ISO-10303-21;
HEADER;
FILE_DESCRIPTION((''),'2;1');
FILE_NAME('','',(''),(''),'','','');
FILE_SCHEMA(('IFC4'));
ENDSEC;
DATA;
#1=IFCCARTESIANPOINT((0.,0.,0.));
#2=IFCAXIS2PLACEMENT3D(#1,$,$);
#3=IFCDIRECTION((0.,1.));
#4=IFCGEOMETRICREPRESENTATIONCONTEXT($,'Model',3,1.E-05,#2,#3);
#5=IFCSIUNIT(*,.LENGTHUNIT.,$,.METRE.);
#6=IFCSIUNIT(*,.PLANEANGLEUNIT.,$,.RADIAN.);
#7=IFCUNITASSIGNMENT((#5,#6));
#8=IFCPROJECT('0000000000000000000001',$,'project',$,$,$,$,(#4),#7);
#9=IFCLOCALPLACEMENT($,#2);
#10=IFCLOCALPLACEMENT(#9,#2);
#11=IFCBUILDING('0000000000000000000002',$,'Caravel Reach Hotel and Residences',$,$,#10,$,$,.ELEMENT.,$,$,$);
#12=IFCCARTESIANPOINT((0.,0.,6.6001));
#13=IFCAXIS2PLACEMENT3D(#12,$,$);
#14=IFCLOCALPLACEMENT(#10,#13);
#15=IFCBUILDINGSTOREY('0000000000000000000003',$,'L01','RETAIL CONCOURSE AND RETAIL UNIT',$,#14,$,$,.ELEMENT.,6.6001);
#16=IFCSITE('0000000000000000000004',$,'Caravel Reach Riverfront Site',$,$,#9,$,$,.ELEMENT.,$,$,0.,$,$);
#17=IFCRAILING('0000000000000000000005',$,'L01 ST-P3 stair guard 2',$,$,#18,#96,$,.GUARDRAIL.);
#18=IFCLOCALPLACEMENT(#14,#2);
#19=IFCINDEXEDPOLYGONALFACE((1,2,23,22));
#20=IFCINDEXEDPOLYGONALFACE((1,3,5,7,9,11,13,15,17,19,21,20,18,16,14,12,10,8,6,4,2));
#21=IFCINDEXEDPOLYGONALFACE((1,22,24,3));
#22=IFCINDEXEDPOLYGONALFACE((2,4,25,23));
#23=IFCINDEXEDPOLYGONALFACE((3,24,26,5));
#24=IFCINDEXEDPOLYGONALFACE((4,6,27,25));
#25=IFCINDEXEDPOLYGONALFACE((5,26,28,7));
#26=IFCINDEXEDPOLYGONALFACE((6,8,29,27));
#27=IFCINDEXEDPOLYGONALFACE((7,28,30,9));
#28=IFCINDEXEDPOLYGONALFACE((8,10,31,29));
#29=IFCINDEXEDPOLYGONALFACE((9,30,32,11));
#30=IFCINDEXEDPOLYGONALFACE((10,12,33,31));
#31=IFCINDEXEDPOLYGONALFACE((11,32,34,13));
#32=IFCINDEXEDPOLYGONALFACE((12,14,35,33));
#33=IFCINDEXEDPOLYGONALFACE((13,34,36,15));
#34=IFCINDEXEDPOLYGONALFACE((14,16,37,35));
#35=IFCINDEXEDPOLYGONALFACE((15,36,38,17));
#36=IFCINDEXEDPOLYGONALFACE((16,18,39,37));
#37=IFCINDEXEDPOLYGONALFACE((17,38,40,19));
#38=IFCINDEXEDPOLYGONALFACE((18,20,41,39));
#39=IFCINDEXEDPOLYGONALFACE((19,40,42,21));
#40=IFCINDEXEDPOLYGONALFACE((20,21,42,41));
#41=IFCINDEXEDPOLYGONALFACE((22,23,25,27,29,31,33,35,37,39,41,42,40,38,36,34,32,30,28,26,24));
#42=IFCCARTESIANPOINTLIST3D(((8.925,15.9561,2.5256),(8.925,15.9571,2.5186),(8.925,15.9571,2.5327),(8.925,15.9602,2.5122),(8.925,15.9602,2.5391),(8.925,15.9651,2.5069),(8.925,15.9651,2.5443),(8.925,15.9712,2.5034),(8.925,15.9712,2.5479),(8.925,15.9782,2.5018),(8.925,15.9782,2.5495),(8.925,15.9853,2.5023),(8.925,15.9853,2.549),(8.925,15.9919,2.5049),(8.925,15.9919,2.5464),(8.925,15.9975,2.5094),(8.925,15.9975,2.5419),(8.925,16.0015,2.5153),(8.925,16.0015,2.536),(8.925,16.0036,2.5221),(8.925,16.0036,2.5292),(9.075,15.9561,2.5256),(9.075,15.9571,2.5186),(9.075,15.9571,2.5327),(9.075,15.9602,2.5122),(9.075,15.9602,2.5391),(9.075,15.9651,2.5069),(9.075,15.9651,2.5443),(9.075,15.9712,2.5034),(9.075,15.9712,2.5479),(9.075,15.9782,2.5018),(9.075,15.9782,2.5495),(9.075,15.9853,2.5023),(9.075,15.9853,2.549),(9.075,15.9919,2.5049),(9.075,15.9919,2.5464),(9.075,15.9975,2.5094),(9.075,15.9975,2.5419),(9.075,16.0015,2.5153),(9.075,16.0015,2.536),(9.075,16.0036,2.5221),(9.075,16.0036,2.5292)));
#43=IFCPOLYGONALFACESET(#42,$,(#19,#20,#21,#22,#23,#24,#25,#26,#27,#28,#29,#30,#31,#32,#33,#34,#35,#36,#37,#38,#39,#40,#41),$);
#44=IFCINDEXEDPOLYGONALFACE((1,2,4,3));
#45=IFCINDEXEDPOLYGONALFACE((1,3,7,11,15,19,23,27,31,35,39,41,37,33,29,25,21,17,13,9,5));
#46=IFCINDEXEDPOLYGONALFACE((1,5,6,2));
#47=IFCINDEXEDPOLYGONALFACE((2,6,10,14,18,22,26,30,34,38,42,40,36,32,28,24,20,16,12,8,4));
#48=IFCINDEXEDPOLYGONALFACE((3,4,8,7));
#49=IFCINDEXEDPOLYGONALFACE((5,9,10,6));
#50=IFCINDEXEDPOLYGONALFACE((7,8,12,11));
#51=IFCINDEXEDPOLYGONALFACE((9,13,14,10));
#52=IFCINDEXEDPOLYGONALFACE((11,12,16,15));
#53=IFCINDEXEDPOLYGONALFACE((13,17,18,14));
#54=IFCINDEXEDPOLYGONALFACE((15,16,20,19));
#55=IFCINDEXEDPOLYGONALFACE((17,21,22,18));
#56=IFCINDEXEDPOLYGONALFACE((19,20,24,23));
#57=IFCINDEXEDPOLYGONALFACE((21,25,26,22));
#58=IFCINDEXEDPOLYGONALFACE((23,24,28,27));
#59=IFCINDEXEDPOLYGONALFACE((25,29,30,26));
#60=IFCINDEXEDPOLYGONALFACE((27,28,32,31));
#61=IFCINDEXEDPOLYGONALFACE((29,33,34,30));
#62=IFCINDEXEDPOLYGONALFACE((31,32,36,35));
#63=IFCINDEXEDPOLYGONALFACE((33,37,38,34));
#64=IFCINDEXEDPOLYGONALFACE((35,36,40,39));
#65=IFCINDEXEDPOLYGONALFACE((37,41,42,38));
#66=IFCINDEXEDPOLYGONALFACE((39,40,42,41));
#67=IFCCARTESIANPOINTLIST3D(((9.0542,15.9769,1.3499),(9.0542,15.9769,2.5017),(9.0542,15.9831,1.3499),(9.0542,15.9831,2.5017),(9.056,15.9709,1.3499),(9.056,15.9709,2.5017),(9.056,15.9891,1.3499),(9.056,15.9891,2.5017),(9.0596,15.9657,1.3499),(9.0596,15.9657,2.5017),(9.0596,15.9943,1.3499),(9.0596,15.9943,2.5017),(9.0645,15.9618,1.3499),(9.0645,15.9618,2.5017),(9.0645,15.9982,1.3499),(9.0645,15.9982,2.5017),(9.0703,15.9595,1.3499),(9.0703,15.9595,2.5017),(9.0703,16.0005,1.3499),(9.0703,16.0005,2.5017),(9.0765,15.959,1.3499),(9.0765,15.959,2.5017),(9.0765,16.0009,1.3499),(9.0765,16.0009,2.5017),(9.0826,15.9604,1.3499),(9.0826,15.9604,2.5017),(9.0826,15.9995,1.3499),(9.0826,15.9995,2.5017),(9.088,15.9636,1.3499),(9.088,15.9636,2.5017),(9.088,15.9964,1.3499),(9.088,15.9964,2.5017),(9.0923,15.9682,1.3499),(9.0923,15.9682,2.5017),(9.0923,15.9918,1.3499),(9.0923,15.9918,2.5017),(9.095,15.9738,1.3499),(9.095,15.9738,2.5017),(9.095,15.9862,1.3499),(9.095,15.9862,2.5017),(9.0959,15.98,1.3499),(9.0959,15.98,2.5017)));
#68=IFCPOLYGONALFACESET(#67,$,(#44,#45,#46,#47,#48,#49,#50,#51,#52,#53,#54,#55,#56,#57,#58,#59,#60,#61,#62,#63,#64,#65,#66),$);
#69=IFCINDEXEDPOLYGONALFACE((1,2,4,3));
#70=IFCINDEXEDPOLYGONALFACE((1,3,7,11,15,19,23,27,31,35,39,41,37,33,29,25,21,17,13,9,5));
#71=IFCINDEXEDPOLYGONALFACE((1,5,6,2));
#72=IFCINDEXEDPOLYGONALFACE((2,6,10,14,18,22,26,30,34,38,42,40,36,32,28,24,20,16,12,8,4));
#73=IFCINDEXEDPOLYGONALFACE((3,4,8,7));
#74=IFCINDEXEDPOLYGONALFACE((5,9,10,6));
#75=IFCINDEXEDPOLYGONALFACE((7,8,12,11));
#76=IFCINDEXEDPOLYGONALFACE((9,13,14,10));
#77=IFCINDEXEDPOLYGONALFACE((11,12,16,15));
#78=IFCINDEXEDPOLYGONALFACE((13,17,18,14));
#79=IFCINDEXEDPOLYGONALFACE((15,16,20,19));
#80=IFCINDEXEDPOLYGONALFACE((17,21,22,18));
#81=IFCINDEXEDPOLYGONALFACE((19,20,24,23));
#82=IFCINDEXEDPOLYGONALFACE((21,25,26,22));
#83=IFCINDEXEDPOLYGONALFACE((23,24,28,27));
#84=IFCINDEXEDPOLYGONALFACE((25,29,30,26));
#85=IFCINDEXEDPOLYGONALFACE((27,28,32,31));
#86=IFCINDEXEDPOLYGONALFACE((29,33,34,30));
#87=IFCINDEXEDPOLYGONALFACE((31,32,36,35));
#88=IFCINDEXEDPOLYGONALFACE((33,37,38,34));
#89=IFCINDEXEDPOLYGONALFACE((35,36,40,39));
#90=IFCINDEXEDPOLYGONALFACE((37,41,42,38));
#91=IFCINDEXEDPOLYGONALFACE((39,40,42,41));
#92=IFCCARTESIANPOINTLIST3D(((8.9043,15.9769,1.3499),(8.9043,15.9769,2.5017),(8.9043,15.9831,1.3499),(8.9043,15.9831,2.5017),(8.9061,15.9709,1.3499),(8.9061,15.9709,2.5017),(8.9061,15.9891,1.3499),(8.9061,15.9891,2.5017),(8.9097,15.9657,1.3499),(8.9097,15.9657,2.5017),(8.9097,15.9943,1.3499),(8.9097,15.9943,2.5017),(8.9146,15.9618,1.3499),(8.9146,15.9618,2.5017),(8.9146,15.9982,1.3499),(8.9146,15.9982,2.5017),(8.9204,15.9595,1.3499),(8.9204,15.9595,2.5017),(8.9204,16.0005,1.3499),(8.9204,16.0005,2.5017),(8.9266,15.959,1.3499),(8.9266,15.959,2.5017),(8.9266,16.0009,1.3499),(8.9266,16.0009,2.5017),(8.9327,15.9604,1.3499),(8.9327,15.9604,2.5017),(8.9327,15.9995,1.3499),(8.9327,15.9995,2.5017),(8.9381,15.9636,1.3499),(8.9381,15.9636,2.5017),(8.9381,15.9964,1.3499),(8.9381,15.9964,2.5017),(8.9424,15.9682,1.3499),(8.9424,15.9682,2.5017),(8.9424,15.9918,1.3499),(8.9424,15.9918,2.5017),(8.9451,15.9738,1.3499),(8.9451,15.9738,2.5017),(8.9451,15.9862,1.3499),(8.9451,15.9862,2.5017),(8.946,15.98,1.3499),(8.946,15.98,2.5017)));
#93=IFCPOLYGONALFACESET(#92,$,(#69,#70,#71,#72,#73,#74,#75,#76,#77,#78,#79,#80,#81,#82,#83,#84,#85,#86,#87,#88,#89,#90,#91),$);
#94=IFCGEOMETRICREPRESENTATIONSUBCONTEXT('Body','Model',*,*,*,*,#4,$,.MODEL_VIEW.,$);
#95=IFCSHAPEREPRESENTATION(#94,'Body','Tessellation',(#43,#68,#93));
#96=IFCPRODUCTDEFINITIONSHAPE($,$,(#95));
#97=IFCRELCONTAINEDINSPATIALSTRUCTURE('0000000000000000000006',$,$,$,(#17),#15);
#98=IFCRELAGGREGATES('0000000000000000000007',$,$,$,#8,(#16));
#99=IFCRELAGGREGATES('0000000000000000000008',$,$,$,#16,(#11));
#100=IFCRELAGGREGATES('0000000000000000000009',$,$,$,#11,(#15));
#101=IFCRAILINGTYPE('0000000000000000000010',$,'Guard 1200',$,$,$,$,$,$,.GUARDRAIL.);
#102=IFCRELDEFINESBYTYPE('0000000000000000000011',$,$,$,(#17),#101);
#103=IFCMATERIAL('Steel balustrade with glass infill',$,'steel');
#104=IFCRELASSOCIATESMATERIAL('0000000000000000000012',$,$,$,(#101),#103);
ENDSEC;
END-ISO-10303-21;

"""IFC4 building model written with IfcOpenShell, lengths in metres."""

from ifc_helpers import new_model, si_unit, direction, frame, origin, origin_2d, place, context, subcontext, project, spatial, circle, extrude, material, type_object, element, save


model = new_model("IFC4")

# Units and contexts
model_context = context("Model", 3, precision=1e-05, world=origin(), true_north=direction((0.0, 1.0)))
body_context = subcontext(model_context, "Body", "Model", "MODEL_VIEW")
ifc_project = project(units=[si_unit("LENGTHUNIT", "METRE"), si_unit("PLANEANGLEUNIT", "RADIAN")], contexts=[model_context])

# Site, building, storey
site_placement = place(None, origin())
site = spatial("IfcSite", under=ifc_project, at=site_placement, Name="Caravel Reach Riverfront Site", CompositionType="ELEMENT", RefElevation=0.0)
building_placement = place(site_placement, origin())
building = spatial("IfcBuilding", under=site, at=building_placement, Name="Caravel Reach Hotel and Residences", CompositionType="ELEMENT")
storey_placement = place(building_placement, frame((0.0, 0.0, 6.6001)))
storey = spatial("IfcBuildingStorey", under=building, at=storey_placement, Name="L01", Description="RETAIL CONCOURSE AND RETAIL UNIT", CompositionType="ELEMENT", Elevation=6.6001)

# Railing
ifc_material_1 = material(Name="Steel balustrade with glass infill", Category="steel")
railing_type_1 = type_object("IfcRailingType", Name="Guard 1200", PredefinedType="GUARDRAIL", material=ifc_material_1)
railing_1_placement = place(storey_placement, frame((9.075, 15.98, 1.3499)))
element("IfcRailing", 1, at=railing_1_placement, inside=storey, type_object=railing_type_1, Name="L01 ST-P3 stair guard 2", PredefinedType="GUARDRAIL", context=body_context, shape_type="SweptSolid", body=[
    extrude(circle(Radius=0.0239, at=origin_2d()), frame((0.0, 0.0, 1.1758), z_axis=(-1.0, 0.0, 0.0), x_axis=(0.0, -1.0, 0.0)), (0.0, 0.0, 1.0), 0.1499),
    extrude(circle(Radius=0.021, at=origin_2d()), origin(), (0.0, 0.0, 1.0), 1.1519),
    extrude(circle(Radius=0.021, at=origin_2d()), frame((-0.1499, 0.0, 0.0)), (0.0, 0.0, 1.0), 1.1519),
])

save(model, "model.ifc")
